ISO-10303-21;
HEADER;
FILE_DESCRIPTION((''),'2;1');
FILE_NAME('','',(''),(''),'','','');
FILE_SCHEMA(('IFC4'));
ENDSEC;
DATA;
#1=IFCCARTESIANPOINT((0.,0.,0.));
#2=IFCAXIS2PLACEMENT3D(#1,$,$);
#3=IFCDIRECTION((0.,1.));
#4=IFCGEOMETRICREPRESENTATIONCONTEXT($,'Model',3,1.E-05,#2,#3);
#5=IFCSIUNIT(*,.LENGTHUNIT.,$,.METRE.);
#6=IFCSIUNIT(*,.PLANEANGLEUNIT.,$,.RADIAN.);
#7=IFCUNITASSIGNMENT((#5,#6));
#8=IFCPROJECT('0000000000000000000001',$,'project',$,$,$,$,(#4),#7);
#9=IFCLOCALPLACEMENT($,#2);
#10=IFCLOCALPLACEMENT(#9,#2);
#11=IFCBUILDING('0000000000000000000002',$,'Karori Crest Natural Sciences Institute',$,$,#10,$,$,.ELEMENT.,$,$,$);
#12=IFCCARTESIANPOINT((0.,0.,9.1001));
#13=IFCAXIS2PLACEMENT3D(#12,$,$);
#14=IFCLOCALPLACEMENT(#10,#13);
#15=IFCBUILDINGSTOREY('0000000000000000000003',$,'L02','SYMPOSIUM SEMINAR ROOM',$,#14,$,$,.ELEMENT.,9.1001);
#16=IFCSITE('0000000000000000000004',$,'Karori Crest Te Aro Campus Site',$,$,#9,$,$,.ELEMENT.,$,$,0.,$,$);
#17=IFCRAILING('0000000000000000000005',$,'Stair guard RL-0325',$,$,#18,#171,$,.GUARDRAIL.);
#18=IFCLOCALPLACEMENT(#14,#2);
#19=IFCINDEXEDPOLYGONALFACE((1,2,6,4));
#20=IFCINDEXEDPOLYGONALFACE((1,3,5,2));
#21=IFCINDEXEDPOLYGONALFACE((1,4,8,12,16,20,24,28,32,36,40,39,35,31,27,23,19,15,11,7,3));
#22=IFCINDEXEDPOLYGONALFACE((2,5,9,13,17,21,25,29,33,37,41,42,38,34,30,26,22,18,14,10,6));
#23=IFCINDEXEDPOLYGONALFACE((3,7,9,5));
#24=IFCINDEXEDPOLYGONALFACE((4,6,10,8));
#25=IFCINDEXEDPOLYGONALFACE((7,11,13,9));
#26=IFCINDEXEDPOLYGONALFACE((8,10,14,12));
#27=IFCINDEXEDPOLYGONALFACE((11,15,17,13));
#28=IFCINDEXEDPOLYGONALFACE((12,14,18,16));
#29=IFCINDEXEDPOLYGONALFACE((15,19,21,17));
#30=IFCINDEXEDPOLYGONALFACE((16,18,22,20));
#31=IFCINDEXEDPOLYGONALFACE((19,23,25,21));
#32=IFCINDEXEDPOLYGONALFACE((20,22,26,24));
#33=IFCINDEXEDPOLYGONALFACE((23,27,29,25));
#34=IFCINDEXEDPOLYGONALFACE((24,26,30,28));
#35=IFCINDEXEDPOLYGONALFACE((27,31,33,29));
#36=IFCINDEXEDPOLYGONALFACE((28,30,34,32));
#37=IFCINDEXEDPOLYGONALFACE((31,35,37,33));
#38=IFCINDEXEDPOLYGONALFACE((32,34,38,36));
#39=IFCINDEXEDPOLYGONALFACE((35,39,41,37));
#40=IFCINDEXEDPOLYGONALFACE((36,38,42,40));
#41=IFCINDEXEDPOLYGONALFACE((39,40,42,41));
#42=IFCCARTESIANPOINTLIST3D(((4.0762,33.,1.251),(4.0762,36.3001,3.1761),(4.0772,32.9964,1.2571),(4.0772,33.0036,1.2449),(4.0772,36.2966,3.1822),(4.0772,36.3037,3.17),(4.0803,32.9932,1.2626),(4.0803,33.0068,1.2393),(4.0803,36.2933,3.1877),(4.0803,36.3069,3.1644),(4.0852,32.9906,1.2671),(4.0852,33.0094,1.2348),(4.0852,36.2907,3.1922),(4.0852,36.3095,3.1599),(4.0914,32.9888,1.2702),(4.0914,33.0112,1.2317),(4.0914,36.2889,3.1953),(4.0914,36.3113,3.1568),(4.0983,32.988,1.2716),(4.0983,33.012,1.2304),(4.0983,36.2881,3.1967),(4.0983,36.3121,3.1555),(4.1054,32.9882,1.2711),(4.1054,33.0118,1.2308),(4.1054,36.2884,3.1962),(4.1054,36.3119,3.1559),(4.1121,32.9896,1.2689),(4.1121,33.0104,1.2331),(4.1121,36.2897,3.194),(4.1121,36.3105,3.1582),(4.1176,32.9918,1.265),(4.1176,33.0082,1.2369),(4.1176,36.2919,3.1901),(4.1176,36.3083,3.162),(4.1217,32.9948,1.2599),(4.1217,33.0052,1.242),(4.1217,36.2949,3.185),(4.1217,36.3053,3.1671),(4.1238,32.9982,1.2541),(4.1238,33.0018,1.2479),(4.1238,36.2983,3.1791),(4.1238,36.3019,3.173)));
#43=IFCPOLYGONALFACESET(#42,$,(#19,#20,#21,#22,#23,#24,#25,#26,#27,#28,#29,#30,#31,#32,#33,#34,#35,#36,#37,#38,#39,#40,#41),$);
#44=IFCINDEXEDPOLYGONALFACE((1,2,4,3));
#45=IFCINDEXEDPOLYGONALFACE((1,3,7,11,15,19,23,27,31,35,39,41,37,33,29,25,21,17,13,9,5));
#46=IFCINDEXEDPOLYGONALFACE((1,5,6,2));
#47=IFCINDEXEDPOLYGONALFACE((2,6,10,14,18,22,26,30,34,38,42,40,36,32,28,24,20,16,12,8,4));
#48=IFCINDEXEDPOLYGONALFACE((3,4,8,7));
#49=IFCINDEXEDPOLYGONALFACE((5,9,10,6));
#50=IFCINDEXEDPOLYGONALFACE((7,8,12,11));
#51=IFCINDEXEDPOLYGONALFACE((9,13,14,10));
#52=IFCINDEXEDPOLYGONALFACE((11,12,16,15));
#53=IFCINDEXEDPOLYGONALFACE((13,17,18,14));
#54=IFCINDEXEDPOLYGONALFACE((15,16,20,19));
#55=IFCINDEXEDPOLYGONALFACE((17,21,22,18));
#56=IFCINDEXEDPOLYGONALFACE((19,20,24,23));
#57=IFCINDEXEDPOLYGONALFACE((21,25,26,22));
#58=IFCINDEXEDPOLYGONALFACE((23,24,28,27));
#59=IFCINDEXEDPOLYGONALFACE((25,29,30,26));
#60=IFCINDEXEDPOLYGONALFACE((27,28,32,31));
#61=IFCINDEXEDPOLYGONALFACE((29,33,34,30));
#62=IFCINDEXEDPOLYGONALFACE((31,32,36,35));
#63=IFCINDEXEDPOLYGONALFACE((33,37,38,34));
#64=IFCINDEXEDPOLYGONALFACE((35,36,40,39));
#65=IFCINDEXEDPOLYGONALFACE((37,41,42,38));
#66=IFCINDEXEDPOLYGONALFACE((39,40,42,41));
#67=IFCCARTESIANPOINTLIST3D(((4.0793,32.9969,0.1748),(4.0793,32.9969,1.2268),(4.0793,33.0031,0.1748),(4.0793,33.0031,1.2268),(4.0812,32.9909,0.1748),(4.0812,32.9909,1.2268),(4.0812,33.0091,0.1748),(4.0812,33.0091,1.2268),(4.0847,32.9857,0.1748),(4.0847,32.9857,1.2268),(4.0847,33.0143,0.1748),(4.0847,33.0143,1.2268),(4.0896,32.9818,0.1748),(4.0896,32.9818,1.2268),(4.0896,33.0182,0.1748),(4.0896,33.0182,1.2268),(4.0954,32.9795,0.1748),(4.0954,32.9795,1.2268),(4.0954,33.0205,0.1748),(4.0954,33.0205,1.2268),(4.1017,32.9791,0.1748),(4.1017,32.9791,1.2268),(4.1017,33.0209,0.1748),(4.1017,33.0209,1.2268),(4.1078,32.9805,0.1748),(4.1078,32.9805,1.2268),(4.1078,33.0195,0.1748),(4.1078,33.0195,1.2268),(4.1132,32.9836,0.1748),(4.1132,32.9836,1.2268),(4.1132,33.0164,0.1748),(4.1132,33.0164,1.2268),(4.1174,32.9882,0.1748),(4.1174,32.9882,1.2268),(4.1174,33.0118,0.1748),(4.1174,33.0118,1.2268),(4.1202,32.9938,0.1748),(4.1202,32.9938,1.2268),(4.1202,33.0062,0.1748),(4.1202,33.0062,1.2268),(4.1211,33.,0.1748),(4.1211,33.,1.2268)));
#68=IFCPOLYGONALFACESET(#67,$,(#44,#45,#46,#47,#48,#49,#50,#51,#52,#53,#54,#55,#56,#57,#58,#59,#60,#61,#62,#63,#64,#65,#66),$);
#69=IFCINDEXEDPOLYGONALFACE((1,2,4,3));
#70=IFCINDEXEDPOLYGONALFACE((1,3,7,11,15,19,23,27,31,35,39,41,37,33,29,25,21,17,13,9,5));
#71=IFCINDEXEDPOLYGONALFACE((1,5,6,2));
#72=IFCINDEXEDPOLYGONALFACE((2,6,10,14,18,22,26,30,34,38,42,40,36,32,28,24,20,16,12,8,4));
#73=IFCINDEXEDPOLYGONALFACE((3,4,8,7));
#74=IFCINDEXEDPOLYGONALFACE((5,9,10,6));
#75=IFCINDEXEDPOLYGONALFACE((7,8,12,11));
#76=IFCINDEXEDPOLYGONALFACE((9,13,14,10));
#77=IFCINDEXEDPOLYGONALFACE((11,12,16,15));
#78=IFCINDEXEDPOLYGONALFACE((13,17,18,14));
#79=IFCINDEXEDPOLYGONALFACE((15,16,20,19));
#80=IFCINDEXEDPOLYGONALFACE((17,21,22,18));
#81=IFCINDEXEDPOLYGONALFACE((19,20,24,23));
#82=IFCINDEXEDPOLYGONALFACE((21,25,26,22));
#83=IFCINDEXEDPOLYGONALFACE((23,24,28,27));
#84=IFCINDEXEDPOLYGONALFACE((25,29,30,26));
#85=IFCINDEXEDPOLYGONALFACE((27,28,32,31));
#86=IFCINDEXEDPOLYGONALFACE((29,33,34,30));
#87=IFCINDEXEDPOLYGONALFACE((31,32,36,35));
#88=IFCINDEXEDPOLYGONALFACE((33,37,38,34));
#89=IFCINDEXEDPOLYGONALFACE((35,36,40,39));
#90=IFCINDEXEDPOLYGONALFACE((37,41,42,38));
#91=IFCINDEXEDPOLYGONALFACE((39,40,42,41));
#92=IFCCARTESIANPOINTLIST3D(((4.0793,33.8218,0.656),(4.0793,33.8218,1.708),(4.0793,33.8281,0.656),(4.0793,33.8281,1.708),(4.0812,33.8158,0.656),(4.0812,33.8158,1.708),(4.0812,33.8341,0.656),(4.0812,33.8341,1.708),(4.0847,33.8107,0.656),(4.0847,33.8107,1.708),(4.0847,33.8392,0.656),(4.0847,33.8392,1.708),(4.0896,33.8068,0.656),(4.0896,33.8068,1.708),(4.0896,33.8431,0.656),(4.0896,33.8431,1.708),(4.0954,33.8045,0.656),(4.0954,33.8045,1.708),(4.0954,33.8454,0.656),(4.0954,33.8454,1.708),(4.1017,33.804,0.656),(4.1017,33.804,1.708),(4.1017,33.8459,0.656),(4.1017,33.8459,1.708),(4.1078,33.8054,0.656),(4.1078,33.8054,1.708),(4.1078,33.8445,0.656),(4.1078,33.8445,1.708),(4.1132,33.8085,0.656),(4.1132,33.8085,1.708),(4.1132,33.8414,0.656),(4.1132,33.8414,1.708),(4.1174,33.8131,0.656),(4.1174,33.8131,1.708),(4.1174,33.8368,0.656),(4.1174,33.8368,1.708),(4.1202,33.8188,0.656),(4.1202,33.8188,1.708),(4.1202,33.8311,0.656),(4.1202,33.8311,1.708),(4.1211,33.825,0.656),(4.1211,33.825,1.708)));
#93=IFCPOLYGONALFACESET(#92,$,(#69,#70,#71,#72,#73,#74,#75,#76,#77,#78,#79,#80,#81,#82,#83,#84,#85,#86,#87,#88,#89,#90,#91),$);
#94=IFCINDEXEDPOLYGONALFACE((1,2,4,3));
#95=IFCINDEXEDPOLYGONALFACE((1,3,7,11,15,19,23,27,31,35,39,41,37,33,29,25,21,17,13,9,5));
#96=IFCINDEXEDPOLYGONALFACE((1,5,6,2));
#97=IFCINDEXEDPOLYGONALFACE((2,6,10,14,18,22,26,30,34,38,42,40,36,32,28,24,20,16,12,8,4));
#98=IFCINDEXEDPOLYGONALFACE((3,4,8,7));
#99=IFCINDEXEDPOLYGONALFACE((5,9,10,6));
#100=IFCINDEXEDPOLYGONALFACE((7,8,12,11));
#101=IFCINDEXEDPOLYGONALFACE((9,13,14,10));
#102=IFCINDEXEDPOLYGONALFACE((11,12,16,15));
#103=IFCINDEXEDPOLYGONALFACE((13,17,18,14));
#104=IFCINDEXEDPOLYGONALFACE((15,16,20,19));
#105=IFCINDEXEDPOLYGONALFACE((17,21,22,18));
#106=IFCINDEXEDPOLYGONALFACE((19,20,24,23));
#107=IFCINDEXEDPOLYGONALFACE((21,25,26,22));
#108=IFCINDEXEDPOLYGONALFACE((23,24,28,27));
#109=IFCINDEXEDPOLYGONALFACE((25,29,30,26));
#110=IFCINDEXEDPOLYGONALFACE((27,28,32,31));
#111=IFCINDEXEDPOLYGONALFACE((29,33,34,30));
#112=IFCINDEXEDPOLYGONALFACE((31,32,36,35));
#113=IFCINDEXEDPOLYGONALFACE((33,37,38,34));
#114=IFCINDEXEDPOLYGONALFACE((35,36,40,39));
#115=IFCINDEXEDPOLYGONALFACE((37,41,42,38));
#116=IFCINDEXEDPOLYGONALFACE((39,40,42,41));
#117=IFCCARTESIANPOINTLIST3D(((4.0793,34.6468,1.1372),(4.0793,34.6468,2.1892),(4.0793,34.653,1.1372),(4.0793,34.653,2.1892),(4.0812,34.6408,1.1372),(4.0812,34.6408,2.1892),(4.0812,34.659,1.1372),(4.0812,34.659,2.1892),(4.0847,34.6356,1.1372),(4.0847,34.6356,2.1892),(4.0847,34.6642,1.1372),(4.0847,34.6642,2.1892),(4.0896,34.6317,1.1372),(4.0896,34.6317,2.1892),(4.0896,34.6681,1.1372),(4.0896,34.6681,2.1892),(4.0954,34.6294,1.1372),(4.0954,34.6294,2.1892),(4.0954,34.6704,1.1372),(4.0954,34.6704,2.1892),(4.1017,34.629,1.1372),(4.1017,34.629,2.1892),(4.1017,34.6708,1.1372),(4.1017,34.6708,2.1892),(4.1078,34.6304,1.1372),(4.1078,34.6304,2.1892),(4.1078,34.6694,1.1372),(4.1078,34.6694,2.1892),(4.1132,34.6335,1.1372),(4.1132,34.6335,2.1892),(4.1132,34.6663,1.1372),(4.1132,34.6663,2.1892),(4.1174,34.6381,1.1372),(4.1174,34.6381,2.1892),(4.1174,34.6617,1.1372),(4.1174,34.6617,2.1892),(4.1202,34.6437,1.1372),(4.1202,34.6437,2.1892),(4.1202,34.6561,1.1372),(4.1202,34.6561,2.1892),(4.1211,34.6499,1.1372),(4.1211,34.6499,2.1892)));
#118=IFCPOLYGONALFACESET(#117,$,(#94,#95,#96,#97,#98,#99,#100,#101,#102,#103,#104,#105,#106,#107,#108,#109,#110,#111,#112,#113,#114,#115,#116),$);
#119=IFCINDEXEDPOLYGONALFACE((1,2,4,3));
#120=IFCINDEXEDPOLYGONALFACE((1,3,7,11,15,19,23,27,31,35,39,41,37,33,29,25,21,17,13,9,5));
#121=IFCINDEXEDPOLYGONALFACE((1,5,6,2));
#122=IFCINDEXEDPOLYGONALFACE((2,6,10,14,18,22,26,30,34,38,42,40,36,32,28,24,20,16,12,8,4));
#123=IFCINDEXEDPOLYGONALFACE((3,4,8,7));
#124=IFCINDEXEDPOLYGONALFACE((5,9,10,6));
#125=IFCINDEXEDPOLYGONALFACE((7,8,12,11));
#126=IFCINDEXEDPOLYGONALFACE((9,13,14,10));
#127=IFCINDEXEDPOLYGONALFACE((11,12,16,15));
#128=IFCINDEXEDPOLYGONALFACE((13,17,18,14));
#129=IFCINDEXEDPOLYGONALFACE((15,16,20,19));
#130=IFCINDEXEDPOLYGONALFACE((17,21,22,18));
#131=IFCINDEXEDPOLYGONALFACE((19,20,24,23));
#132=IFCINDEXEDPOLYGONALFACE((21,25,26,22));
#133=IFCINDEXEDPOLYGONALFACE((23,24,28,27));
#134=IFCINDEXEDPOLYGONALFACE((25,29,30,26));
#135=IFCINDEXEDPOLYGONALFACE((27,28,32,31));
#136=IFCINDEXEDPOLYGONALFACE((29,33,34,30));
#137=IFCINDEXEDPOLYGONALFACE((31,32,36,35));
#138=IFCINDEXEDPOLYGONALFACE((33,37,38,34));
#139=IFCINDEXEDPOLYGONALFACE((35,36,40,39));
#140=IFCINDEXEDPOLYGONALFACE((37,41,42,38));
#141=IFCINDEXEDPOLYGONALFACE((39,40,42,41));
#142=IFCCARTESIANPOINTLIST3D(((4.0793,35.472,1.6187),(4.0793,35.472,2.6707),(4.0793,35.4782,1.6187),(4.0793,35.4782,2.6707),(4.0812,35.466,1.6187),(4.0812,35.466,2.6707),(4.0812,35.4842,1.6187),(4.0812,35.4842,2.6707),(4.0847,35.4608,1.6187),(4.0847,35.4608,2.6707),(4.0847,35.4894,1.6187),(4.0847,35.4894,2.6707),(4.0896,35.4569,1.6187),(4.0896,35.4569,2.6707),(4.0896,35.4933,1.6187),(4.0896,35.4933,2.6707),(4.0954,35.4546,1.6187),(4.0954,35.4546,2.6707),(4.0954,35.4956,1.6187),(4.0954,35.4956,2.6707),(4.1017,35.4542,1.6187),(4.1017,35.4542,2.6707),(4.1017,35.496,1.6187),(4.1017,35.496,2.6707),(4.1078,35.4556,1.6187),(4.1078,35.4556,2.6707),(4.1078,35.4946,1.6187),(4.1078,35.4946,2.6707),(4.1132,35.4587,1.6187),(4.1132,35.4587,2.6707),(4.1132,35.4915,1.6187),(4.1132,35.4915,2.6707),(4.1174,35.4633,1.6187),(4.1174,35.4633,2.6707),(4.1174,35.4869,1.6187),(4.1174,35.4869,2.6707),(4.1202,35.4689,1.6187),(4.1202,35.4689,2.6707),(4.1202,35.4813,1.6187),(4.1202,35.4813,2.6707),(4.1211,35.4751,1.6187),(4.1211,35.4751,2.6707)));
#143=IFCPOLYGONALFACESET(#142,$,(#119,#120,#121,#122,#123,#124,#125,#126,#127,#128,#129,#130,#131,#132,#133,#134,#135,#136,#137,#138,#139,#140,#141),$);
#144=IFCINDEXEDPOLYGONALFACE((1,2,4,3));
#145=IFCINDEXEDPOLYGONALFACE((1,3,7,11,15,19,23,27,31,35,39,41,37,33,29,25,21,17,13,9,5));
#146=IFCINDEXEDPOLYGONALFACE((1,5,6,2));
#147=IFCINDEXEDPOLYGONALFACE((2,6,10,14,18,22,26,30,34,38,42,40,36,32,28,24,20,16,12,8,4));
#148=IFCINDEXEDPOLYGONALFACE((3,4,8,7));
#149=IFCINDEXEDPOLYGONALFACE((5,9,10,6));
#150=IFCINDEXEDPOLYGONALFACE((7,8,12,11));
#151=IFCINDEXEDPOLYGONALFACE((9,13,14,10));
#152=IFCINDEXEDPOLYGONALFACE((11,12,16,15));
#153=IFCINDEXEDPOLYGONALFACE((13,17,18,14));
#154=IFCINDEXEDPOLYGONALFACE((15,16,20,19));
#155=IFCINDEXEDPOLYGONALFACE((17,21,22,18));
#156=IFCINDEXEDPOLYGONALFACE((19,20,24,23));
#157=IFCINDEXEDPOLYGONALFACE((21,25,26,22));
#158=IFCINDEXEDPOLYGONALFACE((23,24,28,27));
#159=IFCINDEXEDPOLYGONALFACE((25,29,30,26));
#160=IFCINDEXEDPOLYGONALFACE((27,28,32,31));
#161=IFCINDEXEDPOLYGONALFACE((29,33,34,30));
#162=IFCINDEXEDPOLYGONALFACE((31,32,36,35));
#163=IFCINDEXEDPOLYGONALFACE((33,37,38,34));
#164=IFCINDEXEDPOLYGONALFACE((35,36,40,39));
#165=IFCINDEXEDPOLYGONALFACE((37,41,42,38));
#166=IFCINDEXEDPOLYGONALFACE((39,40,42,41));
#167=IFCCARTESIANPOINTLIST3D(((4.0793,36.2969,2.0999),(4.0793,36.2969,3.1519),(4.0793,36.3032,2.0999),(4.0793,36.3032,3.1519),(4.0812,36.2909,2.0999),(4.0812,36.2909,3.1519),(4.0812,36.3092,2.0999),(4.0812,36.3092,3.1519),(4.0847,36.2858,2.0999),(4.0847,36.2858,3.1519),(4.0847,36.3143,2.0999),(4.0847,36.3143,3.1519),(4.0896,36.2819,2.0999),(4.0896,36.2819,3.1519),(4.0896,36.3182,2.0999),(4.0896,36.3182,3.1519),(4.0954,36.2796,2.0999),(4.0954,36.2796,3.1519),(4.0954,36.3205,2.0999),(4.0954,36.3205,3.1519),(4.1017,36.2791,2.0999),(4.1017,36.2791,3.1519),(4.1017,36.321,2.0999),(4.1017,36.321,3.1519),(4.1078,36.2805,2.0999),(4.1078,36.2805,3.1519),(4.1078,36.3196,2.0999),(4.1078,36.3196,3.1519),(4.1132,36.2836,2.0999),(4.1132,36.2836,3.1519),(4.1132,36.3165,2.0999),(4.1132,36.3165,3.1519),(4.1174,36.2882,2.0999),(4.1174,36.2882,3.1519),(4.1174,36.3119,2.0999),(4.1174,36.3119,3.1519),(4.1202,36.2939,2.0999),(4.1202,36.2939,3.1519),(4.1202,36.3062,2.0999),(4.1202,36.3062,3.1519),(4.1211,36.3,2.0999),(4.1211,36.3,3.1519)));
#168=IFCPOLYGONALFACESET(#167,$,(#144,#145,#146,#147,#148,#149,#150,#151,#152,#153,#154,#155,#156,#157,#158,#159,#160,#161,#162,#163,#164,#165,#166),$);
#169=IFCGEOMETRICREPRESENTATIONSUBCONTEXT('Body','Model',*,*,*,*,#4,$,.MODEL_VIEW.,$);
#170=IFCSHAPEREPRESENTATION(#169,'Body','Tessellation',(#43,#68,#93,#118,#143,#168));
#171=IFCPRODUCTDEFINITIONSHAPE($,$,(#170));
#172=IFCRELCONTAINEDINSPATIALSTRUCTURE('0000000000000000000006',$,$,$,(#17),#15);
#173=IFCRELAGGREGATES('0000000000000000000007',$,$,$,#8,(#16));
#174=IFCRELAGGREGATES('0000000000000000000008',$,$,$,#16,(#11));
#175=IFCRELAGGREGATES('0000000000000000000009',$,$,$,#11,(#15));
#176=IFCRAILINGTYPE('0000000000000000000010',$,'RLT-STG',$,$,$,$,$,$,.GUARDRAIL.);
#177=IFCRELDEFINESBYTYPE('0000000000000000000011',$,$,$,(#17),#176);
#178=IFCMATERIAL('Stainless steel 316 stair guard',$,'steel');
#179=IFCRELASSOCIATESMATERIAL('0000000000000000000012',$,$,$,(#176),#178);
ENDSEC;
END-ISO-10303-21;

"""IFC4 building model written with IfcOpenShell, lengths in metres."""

from ifc_helpers import new_model, si_unit, direction, frame, origin, origin_2d, place, context, subcontext, project, spatial, circle, extrude, material, type_object, element, save


model = new_model("IFC4")

# Units and contexts
model_context = context("Model", 3, precision=1e-05, world=origin(), true_north=direction((0.0, 1.0)))
body_context = subcontext(model_context, "Body", "Model", "MODEL_VIEW")
ifc_project = project(units=[si_unit("LENGTHUNIT", "METRE"), si_unit("PLANEANGLEUNIT", "RADIAN")], contexts=[model_context])

# Site, building, storey
site_placement = place(None, origin())
site = spatial("IfcSite", under=ifc_project, at=site_placement, Name="Karori Crest Te Aro Campus Site", CompositionType="ELEMENT", RefElevation=0.0)
building_placement = place(site_placement, origin())
building = spatial("IfcBuilding", under=site, at=building_placement, Name="Karori Crest Natural Sciences Institute", CompositionType="ELEMENT")
storey_placement = place(building_placement, frame((0.0, 0.0, 9.1001)))
storey = spatial("IfcBuildingStorey", under=building, at=storey_placement, Name="L02", Description="SYMPOSIUM SEMINAR ROOM", CompositionType="ELEMENT", Elevation=9.1001)

# Railing
ifc_material_1 = material(Name="Stainless steel 316 stair guard", Category="steel")
railing_type_1 = type_object("IfcRailingType", Name="RLT-STG", PredefinedType="GUARDRAIL", material=ifc_material_1)
railing_1_placement = place(storey_placement, frame((4.1001, 33.0, 0.1748)))
element("IfcRailing", 1, at=railing_1_placement, inside=storey, type_object=railing_type_1, Name="Stair guard RL-0325", PredefinedType="GUARDRAIL", context=body_context, shape_type="SweptSolid", body=[
    extrude(circle(Radius=0.0239, at=origin_2d()), frame((0.0, 0.0, 1.0762), z_axis=(0.0, 0.863777, 0.503875), x_axis=(-1.0, 0.0, 0.0)), (0.0, 0.0, 1.0), 3.8206),
    extrude(circle(Radius=0.021, at=origin_2d()), origin(), (0.0, 0.0, 1.0), 1.052),
    extrude(circle(Radius=0.021, at=origin_2d()), frame((0.0, 0.825, 0.4812)), (0.0, 0.0, 1.0), 1.052),
    extrude(circle(Radius=0.021, at=origin_2d()), frame((0.0, 1.6499, 0.9624)), (0.0, 0.0, 1.0), 1.052),
    extrude(circle(Radius=0.021, at=origin_2d()), frame((0.0, 2.4751, 1.4438)), (0.0, 0.0, 1.0), 1.052),
    extrude(circle(Radius=0.021, at=origin_2d()), frame((0.0, 3.3, 1.925)), (0.0, 0.0, 1.0), 1.052),
])

save(model, "model.ifc")
